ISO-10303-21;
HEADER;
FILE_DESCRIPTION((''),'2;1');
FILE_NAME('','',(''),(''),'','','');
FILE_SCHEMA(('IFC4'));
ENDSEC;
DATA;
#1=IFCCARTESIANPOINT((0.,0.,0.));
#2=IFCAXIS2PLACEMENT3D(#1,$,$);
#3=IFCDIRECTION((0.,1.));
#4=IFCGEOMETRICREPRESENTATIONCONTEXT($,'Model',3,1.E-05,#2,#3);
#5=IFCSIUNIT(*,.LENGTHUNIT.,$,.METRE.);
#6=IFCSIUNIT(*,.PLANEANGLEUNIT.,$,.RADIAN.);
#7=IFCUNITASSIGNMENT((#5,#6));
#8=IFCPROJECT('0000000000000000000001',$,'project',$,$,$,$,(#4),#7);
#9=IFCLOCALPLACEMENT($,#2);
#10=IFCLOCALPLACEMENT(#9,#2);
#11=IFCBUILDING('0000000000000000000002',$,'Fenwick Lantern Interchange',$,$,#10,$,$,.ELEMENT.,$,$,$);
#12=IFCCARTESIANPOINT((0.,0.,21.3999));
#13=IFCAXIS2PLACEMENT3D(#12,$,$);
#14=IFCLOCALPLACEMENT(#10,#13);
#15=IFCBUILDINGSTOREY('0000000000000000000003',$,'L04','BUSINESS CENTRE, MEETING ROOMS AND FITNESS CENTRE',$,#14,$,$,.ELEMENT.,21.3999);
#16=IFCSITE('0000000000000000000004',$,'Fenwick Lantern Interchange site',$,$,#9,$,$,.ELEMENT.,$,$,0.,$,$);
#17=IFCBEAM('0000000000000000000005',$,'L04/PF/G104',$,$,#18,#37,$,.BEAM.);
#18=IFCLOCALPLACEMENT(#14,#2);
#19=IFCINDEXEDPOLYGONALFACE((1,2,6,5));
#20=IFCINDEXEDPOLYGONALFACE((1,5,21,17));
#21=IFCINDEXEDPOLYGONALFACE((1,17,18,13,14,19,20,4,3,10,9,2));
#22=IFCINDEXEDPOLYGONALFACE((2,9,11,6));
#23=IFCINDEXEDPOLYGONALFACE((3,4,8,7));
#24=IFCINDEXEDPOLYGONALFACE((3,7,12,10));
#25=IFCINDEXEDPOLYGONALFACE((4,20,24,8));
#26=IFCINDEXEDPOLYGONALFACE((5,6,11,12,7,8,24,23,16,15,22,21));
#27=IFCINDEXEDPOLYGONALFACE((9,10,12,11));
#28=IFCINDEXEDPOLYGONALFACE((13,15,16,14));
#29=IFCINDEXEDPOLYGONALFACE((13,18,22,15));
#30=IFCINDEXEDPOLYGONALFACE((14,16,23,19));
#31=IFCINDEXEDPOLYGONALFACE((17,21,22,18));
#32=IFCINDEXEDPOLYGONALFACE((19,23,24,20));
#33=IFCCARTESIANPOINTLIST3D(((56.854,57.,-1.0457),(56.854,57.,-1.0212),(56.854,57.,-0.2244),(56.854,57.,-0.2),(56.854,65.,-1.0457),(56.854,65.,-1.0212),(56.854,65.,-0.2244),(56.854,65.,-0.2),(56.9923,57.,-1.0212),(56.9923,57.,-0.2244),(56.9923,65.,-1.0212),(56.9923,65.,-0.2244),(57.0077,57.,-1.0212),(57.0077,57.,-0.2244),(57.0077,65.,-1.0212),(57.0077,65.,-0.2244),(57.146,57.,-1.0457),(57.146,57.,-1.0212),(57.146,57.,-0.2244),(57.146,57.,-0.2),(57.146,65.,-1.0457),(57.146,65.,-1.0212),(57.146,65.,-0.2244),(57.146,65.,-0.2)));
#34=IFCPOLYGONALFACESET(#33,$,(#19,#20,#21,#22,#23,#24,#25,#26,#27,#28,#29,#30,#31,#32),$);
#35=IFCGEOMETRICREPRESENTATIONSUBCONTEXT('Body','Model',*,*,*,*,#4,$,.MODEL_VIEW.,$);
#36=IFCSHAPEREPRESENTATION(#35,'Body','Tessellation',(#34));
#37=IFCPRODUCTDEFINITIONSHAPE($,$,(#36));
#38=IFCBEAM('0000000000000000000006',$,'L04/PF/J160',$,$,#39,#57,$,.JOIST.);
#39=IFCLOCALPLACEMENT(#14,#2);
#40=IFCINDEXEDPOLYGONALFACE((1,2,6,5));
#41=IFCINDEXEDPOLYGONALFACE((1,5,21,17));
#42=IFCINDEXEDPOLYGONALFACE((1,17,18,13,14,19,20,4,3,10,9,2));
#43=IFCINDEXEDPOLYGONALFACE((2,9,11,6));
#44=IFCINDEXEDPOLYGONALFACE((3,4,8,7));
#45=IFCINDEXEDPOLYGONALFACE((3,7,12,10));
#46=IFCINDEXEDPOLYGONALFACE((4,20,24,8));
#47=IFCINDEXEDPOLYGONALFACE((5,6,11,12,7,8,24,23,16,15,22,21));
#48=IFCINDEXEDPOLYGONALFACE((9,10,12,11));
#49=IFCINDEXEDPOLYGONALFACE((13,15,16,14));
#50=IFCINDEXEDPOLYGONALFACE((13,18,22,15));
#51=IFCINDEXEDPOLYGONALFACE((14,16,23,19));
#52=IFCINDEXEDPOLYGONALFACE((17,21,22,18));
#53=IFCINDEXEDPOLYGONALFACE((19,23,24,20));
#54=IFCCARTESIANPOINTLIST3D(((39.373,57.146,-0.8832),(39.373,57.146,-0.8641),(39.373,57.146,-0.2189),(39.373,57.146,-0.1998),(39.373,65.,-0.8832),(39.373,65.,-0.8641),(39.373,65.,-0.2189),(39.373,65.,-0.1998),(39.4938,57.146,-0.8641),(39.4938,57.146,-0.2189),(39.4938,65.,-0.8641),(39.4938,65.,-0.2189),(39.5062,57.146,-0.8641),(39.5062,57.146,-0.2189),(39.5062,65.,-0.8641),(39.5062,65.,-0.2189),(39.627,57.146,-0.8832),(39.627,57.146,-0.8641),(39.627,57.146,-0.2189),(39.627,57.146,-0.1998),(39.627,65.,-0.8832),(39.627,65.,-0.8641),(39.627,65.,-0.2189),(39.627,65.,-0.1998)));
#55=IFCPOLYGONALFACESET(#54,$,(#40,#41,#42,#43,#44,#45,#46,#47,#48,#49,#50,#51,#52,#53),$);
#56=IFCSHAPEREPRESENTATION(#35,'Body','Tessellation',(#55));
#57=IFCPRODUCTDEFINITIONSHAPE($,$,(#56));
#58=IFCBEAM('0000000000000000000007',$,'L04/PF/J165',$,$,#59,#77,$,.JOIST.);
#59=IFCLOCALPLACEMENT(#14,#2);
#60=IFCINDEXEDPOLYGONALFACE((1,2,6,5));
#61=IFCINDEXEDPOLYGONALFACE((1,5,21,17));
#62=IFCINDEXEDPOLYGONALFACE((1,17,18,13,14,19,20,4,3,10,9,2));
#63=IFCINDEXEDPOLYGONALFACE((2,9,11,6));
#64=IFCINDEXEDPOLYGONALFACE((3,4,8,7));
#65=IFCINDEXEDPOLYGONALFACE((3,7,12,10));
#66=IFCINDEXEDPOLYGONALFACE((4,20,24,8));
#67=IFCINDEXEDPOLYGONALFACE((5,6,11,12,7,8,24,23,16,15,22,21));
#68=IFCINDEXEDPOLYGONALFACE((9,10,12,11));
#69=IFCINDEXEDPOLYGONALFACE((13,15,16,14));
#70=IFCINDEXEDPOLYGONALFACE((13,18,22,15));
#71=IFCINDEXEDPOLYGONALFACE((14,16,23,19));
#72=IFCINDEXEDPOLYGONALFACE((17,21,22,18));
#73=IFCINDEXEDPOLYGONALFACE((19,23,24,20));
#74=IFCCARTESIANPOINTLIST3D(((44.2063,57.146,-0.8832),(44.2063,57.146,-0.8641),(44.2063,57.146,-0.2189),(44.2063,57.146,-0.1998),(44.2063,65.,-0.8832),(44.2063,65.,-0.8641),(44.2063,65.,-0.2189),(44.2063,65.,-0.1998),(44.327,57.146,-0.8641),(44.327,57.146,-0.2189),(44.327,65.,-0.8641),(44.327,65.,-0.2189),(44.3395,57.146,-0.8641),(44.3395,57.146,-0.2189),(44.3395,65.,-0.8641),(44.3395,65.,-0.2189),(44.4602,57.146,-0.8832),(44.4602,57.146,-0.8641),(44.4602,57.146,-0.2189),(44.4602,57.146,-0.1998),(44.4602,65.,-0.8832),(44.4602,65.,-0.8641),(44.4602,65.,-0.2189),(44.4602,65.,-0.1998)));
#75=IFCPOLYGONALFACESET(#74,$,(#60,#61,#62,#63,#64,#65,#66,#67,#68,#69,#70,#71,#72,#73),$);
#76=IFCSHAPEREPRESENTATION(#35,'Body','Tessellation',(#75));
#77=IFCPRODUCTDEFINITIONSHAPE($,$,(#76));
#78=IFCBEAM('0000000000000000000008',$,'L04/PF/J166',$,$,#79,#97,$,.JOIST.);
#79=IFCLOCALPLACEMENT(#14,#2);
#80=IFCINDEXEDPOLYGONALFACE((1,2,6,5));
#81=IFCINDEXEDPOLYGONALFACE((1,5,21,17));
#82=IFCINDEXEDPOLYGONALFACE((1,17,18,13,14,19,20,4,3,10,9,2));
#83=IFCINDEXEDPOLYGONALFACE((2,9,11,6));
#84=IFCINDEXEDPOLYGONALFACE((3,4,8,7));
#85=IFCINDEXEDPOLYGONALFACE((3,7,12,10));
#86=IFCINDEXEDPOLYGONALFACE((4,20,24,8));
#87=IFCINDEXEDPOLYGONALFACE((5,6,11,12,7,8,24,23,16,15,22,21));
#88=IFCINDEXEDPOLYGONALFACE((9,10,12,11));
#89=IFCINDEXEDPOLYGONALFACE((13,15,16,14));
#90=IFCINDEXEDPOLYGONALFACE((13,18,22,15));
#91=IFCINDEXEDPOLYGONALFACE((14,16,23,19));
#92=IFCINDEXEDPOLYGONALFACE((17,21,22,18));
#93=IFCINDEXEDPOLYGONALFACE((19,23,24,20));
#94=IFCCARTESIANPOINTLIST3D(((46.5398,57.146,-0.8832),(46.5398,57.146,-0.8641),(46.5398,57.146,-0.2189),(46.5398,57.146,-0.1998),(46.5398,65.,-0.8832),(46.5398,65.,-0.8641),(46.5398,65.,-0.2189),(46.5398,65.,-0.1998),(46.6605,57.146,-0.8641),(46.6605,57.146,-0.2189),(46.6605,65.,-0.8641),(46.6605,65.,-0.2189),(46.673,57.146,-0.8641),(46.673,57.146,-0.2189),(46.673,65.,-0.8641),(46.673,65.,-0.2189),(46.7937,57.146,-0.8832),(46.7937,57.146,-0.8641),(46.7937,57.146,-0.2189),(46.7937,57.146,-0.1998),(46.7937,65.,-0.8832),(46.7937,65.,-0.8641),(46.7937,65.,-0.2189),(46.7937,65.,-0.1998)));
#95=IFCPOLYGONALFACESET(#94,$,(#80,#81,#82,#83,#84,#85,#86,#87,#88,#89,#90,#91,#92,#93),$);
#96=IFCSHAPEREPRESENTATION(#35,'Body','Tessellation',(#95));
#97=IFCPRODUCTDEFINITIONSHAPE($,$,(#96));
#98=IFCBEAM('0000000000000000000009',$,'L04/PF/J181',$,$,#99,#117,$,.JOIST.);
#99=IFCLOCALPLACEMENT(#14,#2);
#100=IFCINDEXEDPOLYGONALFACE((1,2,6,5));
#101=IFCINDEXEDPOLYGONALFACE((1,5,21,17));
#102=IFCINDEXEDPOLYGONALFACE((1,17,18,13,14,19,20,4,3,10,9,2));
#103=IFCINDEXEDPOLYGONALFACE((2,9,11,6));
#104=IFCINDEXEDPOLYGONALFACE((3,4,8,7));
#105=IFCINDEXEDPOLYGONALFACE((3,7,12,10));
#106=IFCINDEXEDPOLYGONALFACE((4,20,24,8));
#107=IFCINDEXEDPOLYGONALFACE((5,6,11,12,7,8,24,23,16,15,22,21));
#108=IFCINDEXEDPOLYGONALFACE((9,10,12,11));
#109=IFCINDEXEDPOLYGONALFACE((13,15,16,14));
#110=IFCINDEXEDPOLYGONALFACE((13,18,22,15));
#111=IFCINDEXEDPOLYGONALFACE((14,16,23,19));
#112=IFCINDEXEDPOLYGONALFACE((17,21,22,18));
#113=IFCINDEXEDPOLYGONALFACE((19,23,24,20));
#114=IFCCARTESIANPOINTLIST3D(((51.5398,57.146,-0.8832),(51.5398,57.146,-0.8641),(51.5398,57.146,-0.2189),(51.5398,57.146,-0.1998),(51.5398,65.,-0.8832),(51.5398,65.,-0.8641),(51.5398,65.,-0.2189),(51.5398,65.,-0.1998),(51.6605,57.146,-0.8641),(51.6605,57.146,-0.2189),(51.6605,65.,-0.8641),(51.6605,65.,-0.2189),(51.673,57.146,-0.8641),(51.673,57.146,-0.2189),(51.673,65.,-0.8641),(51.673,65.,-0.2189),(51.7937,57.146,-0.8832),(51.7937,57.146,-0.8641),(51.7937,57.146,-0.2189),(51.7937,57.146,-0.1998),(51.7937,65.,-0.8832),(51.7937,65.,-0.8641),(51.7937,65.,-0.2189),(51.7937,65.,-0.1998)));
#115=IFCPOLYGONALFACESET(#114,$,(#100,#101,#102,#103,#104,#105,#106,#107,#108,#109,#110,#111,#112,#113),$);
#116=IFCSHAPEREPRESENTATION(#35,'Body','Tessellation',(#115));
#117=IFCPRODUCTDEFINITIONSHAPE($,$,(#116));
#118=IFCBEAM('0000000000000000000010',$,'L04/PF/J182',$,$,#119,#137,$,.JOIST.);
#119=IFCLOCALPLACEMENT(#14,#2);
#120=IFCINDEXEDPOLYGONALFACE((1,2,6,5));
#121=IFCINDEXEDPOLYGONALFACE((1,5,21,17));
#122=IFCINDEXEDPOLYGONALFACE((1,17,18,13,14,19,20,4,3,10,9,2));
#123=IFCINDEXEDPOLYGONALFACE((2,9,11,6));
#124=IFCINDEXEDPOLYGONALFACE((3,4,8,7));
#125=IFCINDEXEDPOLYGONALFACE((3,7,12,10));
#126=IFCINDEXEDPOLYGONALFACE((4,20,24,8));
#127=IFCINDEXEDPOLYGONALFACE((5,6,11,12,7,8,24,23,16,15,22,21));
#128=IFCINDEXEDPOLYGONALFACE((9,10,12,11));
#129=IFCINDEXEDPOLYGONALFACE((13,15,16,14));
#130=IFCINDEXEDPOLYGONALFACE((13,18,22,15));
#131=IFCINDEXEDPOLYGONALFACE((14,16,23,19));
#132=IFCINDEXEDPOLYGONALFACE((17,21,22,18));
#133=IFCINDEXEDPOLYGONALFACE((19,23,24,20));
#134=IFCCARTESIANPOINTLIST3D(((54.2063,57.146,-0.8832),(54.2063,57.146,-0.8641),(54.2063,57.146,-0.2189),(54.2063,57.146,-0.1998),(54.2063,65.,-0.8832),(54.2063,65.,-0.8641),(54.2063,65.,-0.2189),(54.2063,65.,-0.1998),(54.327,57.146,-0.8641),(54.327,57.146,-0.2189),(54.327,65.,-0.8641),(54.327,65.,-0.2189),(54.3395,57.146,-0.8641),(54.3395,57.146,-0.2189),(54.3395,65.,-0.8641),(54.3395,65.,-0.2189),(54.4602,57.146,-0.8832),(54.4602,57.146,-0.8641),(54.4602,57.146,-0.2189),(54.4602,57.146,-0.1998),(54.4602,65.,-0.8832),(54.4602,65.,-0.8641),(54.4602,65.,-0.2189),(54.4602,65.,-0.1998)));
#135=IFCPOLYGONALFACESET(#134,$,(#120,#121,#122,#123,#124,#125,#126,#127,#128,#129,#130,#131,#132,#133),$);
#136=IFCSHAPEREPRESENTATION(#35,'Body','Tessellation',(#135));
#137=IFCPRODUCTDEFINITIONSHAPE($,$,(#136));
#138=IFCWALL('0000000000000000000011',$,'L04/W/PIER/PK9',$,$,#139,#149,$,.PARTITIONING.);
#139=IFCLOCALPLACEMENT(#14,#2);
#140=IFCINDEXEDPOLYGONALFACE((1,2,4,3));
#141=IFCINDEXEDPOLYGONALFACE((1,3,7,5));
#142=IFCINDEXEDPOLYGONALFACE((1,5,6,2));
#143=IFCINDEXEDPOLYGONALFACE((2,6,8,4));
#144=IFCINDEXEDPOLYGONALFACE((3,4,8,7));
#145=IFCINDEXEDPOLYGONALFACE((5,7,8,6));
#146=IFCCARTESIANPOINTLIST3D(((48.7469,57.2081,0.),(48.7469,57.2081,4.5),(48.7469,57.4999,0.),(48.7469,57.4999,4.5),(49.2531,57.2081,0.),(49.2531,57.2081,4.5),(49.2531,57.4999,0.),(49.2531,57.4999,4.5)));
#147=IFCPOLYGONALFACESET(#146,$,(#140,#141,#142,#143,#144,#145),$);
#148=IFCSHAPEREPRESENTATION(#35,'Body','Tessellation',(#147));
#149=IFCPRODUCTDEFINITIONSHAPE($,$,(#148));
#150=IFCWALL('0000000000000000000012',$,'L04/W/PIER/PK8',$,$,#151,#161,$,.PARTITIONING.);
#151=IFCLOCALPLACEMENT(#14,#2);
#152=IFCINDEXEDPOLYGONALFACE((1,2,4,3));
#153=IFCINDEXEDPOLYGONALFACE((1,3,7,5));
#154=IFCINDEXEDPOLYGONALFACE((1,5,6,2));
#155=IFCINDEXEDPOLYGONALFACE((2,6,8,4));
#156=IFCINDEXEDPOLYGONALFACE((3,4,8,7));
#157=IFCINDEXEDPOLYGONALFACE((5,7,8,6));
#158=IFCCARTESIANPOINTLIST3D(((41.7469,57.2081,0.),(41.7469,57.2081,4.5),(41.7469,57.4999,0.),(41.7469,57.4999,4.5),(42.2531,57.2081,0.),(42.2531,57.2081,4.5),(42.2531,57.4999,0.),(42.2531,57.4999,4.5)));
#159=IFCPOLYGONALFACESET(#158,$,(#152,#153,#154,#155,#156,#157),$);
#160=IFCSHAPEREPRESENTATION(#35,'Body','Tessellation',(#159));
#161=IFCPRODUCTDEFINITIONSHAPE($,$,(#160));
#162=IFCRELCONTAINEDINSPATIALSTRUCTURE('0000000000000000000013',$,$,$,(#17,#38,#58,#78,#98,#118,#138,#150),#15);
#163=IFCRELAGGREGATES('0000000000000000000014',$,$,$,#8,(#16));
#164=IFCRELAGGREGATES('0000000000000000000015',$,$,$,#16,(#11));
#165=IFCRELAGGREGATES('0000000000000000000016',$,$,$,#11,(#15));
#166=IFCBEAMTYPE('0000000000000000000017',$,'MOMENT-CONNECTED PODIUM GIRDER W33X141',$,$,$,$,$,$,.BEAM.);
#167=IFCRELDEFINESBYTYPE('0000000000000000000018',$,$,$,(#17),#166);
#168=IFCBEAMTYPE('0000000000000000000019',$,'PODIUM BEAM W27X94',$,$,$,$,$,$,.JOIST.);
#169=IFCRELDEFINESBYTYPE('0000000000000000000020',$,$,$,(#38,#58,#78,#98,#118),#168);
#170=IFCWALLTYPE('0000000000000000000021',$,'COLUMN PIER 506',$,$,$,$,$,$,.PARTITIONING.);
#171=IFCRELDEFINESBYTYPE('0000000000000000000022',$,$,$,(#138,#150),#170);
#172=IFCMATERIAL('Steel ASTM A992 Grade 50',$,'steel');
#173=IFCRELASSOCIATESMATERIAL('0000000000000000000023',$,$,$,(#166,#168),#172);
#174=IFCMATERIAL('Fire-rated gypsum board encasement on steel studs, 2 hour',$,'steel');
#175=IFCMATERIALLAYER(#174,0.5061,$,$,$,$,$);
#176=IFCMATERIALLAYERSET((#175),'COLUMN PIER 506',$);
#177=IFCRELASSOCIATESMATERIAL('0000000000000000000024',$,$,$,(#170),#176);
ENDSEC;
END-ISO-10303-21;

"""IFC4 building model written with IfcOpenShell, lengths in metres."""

from ifc_helpers import new_model, si_unit, direction, frame, frame_2d, origin, origin_2d, place, context, subcontext, project, spatial, rectangle, i_section, extrude, material, layer, layer_set, material_profile, profile_set, type_object, element, save


model = new_model("IFC4")

# Units and contexts
model_context = context("Model", 3, precision=1e-05, world=origin(), true_north=direction((0.0, 1.0)))
body_context = subcontext(model_context, "Body", "Model", "MODEL_VIEW")
ifc_project = project(units=[si_unit("LENGTHUNIT", "METRE"), si_unit("PLANEANGLEUNIT", "RADIAN")], contexts=[model_context])

# Site, building, storey
site_placement = place(None, origin())
site = spatial("IfcSite", under=ifc_project, at=site_placement, Name="Fenwick Lantern Interchange site", CompositionType="ELEMENT", RefElevation=0.0)
building_placement = place(site_placement, origin())
building = spatial("IfcBuilding", under=site, at=building_placement, Name="Fenwick Lantern Interchange", CompositionType="ELEMENT")
storey_placement = place(building_placement, frame((0.0, 0.0, 21.3999)))
storey = spatial("IfcBuildingStorey", under=building, at=storey_placement, Name="L04", Description="BUSINESS CENTRE, MEETING ROOMS AND FITNESS CENTRE", CompositionType="ELEMENT", Elevation=21.3999)

# Shared definitions
ifc_material_1 = material(Name="Steel ASTM A992 Grade 50", Category="steel")

# Beams
ifc_material_profile_1 = material_profile(ifc_material_1, i_section(OverallWidth=0.292, OverallDepth=0.8457, WebThickness=0.0154, FlangeThickness=0.0244, at=origin_2d()), Name="W33X141")
ifc_profile_set_1 = profile_set([ifc_material_profile_1], Name="Steel ASTM A992 Grade 50")
beam_type_1 = type_object("IfcBeamType", Name="MOMENT-CONNECTED PODIUM GIRDER W33X141", PredefinedType="BEAM", material=ifc_profile_set_1)
for number, where, z_axis, x_axis, name in (
    (1, (57.0, 57.0, -0.6228), (0.0, 1.0, 0.0), (-1.0, 0.0, 0.0), "L04/PF/G104"),
):
    element("IfcBeam", number, at=place(storey_placement, frame(where, z_axis=z_axis, x_axis=x_axis)), inside=storey, type_object=beam_type_1, Name=name, PredefinedType="BEAM", context=body_context, shape_type="SweptSolid", body=[
        extrude(i_section(OverallWidth=0.292, OverallDepth=0.8457, WebThickness=0.0154, FlangeThickness=0.0244, at=origin_2d()), origin(), (0.0, 0.0, 1.0), 8.0),
    ])
ifc_material_profile_2 = material_profile(ifc_material_1, i_section(OverallWidth=0.2539, OverallDepth=0.6833, WebThickness=0.0125, FlangeThickness=0.019, at=origin_2d()), Name="W27X94")
ifc_profile_set_2 = profile_set([ifc_material_profile_2], Name="Steel ASTM A992 Grade 50")
beam_type_2 = type_object("IfcBeamType", Name="PODIUM BEAM W27X94", PredefinedType="JOIST", material=ifc_profile_set_2)
for number, where, z_axis, x_axis, name in (
    (2, (39.5, 57.146, -0.5415), (0.0, 1.0, 0.0), (-1.0, 0.0, 0.0), "L04/PF/J160"),
    (3, (44.3333, 57.146, -0.5415), (0.0, 1.0, 0.0), (-1.0, 0.0, 0.0), "L04/PF/J165"),
    (4, (46.6667, 57.146, -0.5415), (0.0, 1.0, 0.0), (-1.0, 0.0, 0.0), "L04/PF/J166"),
    (5, (51.6667, 57.146, -0.5415), (0.0, 1.0, 0.0), (-1.0, 0.0, 0.0), "L04/PF/J181"),
    (6, (54.3333, 57.146, -0.5415), (0.0, 1.0, 0.0), (-1.0, 0.0, 0.0), "L04/PF/J182"),
):
    element("IfcBeam", number, at=place(storey_placement, frame(where, z_axis=z_axis, x_axis=x_axis)), inside=storey, type_object=beam_type_2, Name=name, PredefinedType="JOIST", context=body_context, shape_type="SweptSolid", body=[
        extrude(i_section(OverallWidth=0.2539, OverallDepth=0.6833, WebThickness=0.0125, FlangeThickness=0.019, at=origin_2d()), origin(), (0.0, 0.0, 1.0), 7.854),
    ])

# Walls
ifc_material_2 = material(Name="Fire-rated gypsum board encasement on steel studs, 2 hour", Category="steel")
ifc_layer_1 = layer(ifc_material_2, 0.5061)
ifc_layer_set_1 = layer_set([ifc_layer_1], Name="COLUMN PIER 506")
wall_type_1 = type_object("IfcWallType", Name="COLUMN PIER 506", PredefinedType="PARTITIONING", material=ifc_layer_set_1)
for number, where, z_axis, x_axis, name in (
    (7, (49.0, 57.5, 0.0), (0.0, 0.0, 1.0), (0.0, -1.0, 0.0), "L04/W/PIER/PK9"),
    (8, (42.0, 57.5, 0.0), (0.0, 0.0, 1.0), (0.0, -1.0, 0.0), "L04/W/PIER/PK8"),
):
    element("IfcWall", number, at=place(storey_placement, frame(where, z_axis=z_axis, x_axis=x_axis)), inside=storey, type_object=wall_type_1, Name=name, PredefinedType="PARTITIONING", context=body_context, shape_type="SweptSolid", body=[
        extrude(rectangle(XDim=0.2917, YDim=0.5061, at=frame_2d((0.146, 0.0))), origin(), (0.0, 0.0, 1.0), 4.5),
    ])

save(model, "model.ifc")
